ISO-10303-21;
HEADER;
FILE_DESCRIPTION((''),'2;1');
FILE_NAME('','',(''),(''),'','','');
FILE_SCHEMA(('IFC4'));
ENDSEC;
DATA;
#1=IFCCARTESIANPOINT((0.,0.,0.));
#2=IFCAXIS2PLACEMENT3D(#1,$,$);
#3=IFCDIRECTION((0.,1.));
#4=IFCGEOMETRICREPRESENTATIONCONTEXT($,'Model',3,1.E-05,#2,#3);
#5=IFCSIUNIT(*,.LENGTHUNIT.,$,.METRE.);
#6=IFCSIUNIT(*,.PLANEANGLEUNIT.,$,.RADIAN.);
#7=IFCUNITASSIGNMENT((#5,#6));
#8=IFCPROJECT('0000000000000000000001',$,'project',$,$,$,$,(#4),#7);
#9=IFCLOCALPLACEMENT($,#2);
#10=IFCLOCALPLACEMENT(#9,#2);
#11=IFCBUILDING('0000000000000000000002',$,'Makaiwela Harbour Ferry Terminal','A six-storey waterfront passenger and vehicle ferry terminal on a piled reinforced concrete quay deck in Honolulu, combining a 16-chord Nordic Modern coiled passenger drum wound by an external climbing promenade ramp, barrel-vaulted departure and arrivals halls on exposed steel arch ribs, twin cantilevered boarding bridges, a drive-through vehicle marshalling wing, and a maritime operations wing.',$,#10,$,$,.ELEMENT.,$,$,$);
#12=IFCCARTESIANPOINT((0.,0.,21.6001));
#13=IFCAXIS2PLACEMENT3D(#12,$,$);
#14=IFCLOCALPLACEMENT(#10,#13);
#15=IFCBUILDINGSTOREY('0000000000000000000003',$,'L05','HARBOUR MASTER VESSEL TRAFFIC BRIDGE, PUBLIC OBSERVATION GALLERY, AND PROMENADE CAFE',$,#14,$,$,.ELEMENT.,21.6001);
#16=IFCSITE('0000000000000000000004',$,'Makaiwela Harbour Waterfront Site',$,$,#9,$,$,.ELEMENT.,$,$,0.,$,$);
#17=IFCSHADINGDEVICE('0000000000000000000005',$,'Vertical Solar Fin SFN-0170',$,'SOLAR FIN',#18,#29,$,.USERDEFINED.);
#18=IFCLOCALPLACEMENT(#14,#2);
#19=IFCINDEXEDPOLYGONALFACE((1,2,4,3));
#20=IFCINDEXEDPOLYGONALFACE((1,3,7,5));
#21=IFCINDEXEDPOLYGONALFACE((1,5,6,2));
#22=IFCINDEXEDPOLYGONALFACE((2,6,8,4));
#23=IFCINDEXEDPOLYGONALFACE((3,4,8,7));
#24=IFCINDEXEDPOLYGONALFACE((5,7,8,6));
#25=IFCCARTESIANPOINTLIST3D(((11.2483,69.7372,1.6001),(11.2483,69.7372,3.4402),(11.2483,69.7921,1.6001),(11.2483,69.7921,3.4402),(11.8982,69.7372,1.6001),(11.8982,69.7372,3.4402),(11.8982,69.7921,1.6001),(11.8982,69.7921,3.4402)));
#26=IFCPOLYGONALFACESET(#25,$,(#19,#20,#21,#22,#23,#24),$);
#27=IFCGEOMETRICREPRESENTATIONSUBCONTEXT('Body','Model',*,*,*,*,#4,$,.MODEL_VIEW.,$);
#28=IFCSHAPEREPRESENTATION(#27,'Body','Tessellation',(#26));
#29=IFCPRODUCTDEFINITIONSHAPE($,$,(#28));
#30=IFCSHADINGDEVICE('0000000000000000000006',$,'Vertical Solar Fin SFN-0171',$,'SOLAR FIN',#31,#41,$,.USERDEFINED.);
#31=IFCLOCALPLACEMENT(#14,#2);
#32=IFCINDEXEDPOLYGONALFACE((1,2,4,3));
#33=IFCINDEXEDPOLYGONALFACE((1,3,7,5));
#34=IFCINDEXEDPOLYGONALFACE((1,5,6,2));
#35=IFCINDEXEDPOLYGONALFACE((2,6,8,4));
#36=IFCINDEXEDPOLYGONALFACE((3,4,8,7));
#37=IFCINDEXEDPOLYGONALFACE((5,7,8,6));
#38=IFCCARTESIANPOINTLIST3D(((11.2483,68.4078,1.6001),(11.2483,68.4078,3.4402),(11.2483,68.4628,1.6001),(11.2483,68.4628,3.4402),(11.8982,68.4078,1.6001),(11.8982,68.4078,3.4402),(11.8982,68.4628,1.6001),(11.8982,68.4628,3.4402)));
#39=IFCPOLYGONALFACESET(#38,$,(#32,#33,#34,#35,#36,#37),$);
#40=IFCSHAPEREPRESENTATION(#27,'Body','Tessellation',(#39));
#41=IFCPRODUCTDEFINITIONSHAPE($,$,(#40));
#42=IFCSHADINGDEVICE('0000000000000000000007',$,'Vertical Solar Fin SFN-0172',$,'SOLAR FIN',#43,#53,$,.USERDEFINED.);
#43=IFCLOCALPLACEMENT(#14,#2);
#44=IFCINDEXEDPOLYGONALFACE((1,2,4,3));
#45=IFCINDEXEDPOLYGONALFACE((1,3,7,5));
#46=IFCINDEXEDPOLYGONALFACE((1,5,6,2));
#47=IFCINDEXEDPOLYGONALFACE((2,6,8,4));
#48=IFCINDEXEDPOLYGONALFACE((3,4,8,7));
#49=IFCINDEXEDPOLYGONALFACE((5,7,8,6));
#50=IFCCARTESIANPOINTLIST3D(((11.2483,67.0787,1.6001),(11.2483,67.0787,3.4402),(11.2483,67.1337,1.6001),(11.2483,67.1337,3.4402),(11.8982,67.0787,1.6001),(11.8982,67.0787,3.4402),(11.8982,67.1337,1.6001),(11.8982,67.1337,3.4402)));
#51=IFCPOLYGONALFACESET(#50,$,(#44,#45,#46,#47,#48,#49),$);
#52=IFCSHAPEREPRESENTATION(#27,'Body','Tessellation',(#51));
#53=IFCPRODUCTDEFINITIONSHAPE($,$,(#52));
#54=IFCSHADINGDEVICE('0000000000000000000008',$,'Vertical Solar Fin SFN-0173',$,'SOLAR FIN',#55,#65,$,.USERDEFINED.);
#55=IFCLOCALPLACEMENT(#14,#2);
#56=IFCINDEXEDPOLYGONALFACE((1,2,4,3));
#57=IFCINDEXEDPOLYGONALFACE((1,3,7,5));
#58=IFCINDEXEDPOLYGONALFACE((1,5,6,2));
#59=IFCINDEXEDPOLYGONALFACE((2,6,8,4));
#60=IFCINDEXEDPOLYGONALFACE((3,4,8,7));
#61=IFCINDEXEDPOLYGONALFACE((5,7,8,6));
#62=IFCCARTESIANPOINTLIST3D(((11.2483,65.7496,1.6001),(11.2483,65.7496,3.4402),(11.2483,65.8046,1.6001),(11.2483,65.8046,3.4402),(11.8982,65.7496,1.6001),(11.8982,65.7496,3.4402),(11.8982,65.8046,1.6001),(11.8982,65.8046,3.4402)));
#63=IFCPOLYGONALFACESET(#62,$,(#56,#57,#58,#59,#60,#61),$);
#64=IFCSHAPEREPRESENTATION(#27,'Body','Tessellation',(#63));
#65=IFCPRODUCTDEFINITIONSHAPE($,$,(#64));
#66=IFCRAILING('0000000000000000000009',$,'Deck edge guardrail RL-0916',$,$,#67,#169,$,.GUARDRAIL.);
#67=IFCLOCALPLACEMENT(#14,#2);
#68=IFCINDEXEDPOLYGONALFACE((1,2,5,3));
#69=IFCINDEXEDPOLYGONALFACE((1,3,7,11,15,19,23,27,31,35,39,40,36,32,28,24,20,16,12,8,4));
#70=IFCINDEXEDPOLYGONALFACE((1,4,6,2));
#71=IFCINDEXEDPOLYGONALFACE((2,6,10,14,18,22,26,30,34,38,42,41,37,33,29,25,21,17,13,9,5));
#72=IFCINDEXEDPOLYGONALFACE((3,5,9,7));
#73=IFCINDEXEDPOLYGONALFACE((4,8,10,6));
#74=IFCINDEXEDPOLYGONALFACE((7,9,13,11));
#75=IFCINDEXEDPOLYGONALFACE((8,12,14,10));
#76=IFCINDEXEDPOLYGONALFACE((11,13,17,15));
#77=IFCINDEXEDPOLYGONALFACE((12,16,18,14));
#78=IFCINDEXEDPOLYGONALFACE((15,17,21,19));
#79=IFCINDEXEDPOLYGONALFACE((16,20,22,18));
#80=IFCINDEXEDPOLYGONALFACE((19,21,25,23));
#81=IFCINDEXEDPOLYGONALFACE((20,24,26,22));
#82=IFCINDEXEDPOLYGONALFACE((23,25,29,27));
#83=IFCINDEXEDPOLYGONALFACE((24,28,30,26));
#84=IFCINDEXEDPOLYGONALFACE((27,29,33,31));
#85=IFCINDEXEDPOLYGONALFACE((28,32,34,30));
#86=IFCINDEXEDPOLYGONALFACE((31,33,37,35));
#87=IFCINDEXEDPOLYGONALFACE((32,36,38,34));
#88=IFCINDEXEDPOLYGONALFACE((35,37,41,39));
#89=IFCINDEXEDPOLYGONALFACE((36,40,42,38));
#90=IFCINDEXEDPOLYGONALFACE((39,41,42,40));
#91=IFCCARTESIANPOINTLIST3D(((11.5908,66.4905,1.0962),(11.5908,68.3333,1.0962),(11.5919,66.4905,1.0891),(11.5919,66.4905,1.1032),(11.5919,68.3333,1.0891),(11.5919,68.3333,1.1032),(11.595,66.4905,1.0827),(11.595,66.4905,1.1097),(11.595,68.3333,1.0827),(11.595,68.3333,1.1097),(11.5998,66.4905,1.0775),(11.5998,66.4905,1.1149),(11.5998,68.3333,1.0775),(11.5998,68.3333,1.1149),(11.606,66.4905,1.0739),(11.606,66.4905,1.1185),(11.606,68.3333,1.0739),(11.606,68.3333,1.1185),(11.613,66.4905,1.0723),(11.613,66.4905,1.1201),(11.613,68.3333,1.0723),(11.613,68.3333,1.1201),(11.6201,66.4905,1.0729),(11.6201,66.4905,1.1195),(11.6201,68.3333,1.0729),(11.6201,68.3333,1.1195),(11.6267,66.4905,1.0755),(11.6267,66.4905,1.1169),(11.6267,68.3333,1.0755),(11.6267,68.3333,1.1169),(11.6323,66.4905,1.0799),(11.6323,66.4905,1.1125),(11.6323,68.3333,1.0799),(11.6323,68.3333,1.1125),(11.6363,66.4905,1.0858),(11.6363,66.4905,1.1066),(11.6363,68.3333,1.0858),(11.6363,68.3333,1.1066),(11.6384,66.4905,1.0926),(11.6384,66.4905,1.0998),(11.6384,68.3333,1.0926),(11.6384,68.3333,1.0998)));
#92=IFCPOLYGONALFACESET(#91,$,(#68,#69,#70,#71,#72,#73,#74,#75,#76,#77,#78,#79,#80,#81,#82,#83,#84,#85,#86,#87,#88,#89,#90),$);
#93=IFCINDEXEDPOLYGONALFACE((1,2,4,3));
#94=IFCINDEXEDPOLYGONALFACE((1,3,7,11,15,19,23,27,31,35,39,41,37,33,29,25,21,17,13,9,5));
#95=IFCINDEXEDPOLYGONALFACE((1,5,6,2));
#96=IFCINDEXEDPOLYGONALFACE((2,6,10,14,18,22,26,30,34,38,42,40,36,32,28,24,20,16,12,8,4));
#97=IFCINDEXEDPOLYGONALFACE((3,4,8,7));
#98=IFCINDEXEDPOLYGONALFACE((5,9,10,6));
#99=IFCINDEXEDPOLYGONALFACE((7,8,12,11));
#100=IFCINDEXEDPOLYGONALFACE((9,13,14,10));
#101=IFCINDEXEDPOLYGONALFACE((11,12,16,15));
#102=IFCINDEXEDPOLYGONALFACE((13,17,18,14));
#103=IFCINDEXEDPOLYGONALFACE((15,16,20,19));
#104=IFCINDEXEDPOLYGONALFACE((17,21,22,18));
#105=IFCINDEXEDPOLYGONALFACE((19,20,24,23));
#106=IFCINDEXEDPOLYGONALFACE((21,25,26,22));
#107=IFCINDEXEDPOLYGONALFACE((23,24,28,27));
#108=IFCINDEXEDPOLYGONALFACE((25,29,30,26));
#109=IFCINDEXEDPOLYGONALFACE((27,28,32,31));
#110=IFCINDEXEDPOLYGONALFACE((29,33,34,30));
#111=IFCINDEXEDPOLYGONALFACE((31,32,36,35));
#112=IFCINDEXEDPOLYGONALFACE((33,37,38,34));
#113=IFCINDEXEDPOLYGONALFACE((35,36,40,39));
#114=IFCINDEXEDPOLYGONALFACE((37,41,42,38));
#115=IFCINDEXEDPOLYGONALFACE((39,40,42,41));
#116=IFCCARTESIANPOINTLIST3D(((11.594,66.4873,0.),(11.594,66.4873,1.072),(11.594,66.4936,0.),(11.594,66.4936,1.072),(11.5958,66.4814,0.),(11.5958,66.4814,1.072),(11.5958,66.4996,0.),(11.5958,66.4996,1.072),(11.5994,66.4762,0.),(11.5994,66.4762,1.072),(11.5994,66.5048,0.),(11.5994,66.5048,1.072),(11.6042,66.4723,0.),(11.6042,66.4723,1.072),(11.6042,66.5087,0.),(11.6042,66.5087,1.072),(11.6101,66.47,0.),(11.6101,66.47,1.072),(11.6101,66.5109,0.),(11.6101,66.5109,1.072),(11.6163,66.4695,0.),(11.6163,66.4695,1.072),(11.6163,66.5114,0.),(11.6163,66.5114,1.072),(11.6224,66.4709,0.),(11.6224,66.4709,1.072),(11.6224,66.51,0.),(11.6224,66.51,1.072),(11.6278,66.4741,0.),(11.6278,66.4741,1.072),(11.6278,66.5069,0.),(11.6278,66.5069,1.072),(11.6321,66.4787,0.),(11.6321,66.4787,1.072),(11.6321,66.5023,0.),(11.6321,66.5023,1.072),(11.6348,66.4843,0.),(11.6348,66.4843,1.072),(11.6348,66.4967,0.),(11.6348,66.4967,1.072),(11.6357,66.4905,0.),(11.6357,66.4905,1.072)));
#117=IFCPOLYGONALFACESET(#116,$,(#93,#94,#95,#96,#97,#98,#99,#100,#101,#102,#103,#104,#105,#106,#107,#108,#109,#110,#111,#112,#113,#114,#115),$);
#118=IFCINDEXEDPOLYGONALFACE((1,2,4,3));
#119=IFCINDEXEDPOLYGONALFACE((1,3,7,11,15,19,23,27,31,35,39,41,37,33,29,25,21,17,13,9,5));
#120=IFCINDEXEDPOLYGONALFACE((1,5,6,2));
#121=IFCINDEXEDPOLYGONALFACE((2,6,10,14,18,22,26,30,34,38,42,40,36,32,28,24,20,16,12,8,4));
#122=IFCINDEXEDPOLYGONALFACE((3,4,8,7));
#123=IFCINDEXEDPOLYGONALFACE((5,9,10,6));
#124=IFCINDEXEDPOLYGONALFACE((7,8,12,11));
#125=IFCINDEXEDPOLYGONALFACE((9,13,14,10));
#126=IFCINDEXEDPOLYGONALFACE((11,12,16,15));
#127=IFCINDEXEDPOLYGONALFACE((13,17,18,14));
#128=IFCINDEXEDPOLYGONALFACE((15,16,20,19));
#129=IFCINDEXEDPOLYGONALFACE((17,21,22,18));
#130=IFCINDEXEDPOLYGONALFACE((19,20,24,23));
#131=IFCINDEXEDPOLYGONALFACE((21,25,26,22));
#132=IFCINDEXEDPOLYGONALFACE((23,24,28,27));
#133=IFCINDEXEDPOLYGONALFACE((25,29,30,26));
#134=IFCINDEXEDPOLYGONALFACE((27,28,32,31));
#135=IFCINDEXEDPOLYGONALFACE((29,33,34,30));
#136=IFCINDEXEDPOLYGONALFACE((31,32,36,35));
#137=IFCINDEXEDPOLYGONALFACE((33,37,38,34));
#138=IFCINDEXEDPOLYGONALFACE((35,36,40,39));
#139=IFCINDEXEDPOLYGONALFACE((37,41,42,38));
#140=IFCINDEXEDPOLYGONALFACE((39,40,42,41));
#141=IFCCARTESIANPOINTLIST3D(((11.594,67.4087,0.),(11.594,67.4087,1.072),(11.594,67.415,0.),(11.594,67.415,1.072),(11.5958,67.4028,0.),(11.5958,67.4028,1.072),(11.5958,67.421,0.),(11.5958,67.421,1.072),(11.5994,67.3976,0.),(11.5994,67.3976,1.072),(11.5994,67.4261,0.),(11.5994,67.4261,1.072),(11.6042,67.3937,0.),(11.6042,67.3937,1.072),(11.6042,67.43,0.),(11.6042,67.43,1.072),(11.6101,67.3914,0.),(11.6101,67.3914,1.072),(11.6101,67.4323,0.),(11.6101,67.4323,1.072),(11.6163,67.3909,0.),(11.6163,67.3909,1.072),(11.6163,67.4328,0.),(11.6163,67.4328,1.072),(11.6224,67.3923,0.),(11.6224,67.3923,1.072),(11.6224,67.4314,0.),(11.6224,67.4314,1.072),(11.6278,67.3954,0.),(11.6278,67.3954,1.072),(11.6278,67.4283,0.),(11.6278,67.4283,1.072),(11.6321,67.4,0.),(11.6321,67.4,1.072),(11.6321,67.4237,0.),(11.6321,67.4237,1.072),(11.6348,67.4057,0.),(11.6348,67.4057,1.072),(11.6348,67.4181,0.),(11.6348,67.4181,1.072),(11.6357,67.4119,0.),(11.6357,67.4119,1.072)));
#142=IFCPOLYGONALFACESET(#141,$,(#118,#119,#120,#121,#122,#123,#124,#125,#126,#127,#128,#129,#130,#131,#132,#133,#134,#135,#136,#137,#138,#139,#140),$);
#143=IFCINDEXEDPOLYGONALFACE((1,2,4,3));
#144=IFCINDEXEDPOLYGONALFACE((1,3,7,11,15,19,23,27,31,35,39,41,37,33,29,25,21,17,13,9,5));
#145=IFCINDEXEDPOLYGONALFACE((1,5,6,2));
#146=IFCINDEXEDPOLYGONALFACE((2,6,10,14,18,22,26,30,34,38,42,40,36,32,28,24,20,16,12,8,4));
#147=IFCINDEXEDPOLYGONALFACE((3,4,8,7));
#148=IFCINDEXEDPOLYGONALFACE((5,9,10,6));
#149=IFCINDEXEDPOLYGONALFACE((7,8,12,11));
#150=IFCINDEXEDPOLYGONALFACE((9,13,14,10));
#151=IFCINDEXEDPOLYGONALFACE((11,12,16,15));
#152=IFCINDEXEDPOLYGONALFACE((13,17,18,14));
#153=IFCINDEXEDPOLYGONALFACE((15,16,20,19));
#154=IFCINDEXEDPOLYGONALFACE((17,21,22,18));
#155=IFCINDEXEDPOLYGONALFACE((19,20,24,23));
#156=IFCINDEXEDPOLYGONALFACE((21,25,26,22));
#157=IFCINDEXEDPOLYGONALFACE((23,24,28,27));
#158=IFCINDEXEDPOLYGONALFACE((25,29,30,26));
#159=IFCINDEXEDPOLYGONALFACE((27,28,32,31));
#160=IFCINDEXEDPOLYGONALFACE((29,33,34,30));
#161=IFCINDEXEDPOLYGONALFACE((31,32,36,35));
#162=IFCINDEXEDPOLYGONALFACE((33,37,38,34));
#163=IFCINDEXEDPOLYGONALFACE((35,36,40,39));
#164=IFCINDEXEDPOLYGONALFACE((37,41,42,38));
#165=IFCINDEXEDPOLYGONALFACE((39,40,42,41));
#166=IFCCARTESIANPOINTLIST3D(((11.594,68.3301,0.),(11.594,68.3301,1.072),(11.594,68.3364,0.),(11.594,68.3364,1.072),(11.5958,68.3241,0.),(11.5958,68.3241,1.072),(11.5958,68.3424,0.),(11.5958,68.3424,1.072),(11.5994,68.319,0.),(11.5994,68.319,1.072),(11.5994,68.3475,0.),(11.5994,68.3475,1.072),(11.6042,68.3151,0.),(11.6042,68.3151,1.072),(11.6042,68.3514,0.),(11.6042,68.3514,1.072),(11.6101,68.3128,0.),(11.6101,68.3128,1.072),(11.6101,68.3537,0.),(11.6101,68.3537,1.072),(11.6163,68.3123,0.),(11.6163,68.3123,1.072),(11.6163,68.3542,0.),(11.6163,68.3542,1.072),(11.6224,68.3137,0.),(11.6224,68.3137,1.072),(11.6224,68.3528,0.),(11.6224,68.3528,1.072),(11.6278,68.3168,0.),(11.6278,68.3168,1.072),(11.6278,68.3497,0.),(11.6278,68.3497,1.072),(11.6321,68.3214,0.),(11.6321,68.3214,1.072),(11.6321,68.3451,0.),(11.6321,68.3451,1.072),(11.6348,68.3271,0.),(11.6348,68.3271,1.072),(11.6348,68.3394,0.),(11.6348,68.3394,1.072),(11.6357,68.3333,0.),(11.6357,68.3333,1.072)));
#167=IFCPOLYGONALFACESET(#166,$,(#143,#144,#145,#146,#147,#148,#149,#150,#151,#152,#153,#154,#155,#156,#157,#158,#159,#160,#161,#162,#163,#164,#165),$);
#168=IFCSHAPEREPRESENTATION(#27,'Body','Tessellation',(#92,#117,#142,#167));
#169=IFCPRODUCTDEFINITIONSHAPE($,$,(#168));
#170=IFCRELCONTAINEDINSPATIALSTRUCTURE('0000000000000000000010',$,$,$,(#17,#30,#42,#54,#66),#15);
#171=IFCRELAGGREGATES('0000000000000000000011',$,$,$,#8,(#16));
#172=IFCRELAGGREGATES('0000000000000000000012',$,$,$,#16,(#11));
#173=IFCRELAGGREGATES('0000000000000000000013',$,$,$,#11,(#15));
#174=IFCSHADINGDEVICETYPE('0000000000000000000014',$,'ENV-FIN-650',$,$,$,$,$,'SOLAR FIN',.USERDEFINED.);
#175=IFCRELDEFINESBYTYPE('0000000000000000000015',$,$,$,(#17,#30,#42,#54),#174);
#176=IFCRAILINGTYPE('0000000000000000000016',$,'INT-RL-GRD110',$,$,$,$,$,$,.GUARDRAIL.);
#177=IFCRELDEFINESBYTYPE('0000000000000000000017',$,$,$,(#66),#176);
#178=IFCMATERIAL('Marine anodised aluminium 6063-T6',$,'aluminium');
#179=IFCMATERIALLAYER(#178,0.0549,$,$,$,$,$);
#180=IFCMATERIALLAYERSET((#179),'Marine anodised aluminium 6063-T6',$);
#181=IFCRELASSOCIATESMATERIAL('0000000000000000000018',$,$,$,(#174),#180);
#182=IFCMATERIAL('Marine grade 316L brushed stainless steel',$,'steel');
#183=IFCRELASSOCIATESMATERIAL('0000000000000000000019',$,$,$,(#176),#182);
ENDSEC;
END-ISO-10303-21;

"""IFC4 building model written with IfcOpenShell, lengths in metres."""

from ifc_helpers import new_model, si_unit, direction, frame, origin, origin_2d, place, context, subcontext, project, spatial, rectangle, circle, extrude, material, layer, layer_set, type_object, element, save


model = new_model("IFC4")

# Units and contexts
model_context = context("Model", 3, precision=1e-05, world=origin(), true_north=direction((0.0, 1.0)))
body_context = subcontext(model_context, "Body", "Model", "MODEL_VIEW")
ifc_project = project(units=[si_unit("LENGTHUNIT", "METRE"), si_unit("PLANEANGLEUNIT", "RADIAN")], contexts=[model_context])

# Site, building, storey
site_placement = place(None, origin())
site = spatial("IfcSite", under=ifc_project, at=site_placement, Name="Makaiwela Harbour Waterfront Site", CompositionType="ELEMENT", RefElevation=0.0)
building_placement = place(site_placement, origin())
building = spatial("IfcBuilding", under=site, at=building_placement, Name="Makaiwela Harbour Ferry Terminal", Description="A six-storey waterfront passenger and vehicle ferry terminal on a piled reinforced concrete quay deck in Honolulu, combining a 16-chord Nordic Modern coiled passenger drum wound by an external climbing promenade ramp, barrel-vaulted departure and arrivals halls on exposed steel arch ribs, twin cantilevered boarding bridges, a drive-through vehicle marshalling wing, and a maritime operations wing.", CompositionType="ELEMENT")
storey_placement = place(building_placement, frame((0.0, 0.0, 21.6001)))
storey = spatial("IfcBuildingStorey", under=building, at=storey_placement, Name="L05", Description="HARBOUR MASTER VESSEL TRAFFIC BRIDGE, PUBLIC OBSERVATION GALLERY, AND PROMENADE CAFE", CompositionType="ELEMENT", Elevation=21.6001)

# Shared definitions
ifc_material_1 = material(Name="Marine anodised aluminium 6063-T6", Category="aluminium")

# Shading devices
ifc_layer_1 = layer(ifc_material_1, 0.0549)
ifc_layer_set_1 = layer_set([ifc_layer_1], Name="Marine anodised aluminium 6063-T6")
shading_device_type = type_object("IfcShadingDeviceType", Name="ENV-FIN-650", ElementType="SOLAR FIN", PredefinedType="USERDEFINED", material=ifc_layer_set_1)
for number, where, z_axis, x_axis, name in (
    (1, (11.5732, 69.7646, 1.6001), (0.0, 0.0, 1.0), (-1.0, 0.0, 0.0), "Vertical Solar Fin SFN-0170"),
    (2, (11.5732, 68.4353, 1.6001), (0.0, 0.0, 1.0), (-1.0, 0.0, 0.0), "Vertical Solar Fin SFN-0171"),
    (3, (11.5732, 67.1062, 1.6001), (0.0, 0.0, 1.0), (-1.0, 0.0, 0.0), "Vertical Solar Fin SFN-0172"),
    (4, (11.5732, 65.7771, 1.6001), (0.0, 0.0, 1.0), (-1.0, 0.0, 0.0), "Vertical Solar Fin SFN-0173"),
):
    element("IfcShadingDevice", number, at=place(storey_placement, frame(where, z_axis=z_axis, x_axis=x_axis)), inside=storey, type_object=shading_device_type, Name=name, ObjectType="SOLAR FIN", PredefinedType="USERDEFINED", context=body_context, shape_type="SweptSolid", body=[
        extrude(rectangle(XDim=0.6499, YDim=0.0549, at=origin_2d()), origin(), (0.0, 0.0, 1.0), 1.8401),
    ])

# Railing
ifc_material_2 = material(Name="Marine grade 316L brushed stainless steel", Category="steel")
railing_type = type_object("IfcRailingType", Name="INT-RL-GRD110", PredefinedType="GUARDRAIL", material=ifc_material_2)
railing_placement = place(storey_placement, frame((11.6147, 66.4905, 0.0)))
element("IfcRailing", 5, at=railing_placement, inside=storey, type_object=railing_type, Name="Deck edge guardrail RL-0916", PredefinedType="GUARDRAIL", context=body_context, shape_type="SweptSolid", body=[
    extrude(circle(Radius=0.0239, at=origin_2d()), frame((0.0, 0.0, 1.0962), z_axis=(0.0, 1.0, 0.0), x_axis=(-1.0, 0.0, 0.0)), (0.0, 0.0, 1.0), 1.8428),
    extrude(circle(Radius=0.021, at=origin_2d()), origin(), (0.0, 0.0, 1.0), 1.072),
    extrude(circle(Radius=0.021, at=origin_2d()), frame((0.0, 0.9214, 0.0)), (0.0, 0.0, 1.0), 1.072),
    extrude(circle(Radius=0.021, at=origin_2d()), frame((0.0, 1.8428, 0.0)), (0.0, 0.0, 1.0), 1.072),
])

save(model, "model.ifc")
